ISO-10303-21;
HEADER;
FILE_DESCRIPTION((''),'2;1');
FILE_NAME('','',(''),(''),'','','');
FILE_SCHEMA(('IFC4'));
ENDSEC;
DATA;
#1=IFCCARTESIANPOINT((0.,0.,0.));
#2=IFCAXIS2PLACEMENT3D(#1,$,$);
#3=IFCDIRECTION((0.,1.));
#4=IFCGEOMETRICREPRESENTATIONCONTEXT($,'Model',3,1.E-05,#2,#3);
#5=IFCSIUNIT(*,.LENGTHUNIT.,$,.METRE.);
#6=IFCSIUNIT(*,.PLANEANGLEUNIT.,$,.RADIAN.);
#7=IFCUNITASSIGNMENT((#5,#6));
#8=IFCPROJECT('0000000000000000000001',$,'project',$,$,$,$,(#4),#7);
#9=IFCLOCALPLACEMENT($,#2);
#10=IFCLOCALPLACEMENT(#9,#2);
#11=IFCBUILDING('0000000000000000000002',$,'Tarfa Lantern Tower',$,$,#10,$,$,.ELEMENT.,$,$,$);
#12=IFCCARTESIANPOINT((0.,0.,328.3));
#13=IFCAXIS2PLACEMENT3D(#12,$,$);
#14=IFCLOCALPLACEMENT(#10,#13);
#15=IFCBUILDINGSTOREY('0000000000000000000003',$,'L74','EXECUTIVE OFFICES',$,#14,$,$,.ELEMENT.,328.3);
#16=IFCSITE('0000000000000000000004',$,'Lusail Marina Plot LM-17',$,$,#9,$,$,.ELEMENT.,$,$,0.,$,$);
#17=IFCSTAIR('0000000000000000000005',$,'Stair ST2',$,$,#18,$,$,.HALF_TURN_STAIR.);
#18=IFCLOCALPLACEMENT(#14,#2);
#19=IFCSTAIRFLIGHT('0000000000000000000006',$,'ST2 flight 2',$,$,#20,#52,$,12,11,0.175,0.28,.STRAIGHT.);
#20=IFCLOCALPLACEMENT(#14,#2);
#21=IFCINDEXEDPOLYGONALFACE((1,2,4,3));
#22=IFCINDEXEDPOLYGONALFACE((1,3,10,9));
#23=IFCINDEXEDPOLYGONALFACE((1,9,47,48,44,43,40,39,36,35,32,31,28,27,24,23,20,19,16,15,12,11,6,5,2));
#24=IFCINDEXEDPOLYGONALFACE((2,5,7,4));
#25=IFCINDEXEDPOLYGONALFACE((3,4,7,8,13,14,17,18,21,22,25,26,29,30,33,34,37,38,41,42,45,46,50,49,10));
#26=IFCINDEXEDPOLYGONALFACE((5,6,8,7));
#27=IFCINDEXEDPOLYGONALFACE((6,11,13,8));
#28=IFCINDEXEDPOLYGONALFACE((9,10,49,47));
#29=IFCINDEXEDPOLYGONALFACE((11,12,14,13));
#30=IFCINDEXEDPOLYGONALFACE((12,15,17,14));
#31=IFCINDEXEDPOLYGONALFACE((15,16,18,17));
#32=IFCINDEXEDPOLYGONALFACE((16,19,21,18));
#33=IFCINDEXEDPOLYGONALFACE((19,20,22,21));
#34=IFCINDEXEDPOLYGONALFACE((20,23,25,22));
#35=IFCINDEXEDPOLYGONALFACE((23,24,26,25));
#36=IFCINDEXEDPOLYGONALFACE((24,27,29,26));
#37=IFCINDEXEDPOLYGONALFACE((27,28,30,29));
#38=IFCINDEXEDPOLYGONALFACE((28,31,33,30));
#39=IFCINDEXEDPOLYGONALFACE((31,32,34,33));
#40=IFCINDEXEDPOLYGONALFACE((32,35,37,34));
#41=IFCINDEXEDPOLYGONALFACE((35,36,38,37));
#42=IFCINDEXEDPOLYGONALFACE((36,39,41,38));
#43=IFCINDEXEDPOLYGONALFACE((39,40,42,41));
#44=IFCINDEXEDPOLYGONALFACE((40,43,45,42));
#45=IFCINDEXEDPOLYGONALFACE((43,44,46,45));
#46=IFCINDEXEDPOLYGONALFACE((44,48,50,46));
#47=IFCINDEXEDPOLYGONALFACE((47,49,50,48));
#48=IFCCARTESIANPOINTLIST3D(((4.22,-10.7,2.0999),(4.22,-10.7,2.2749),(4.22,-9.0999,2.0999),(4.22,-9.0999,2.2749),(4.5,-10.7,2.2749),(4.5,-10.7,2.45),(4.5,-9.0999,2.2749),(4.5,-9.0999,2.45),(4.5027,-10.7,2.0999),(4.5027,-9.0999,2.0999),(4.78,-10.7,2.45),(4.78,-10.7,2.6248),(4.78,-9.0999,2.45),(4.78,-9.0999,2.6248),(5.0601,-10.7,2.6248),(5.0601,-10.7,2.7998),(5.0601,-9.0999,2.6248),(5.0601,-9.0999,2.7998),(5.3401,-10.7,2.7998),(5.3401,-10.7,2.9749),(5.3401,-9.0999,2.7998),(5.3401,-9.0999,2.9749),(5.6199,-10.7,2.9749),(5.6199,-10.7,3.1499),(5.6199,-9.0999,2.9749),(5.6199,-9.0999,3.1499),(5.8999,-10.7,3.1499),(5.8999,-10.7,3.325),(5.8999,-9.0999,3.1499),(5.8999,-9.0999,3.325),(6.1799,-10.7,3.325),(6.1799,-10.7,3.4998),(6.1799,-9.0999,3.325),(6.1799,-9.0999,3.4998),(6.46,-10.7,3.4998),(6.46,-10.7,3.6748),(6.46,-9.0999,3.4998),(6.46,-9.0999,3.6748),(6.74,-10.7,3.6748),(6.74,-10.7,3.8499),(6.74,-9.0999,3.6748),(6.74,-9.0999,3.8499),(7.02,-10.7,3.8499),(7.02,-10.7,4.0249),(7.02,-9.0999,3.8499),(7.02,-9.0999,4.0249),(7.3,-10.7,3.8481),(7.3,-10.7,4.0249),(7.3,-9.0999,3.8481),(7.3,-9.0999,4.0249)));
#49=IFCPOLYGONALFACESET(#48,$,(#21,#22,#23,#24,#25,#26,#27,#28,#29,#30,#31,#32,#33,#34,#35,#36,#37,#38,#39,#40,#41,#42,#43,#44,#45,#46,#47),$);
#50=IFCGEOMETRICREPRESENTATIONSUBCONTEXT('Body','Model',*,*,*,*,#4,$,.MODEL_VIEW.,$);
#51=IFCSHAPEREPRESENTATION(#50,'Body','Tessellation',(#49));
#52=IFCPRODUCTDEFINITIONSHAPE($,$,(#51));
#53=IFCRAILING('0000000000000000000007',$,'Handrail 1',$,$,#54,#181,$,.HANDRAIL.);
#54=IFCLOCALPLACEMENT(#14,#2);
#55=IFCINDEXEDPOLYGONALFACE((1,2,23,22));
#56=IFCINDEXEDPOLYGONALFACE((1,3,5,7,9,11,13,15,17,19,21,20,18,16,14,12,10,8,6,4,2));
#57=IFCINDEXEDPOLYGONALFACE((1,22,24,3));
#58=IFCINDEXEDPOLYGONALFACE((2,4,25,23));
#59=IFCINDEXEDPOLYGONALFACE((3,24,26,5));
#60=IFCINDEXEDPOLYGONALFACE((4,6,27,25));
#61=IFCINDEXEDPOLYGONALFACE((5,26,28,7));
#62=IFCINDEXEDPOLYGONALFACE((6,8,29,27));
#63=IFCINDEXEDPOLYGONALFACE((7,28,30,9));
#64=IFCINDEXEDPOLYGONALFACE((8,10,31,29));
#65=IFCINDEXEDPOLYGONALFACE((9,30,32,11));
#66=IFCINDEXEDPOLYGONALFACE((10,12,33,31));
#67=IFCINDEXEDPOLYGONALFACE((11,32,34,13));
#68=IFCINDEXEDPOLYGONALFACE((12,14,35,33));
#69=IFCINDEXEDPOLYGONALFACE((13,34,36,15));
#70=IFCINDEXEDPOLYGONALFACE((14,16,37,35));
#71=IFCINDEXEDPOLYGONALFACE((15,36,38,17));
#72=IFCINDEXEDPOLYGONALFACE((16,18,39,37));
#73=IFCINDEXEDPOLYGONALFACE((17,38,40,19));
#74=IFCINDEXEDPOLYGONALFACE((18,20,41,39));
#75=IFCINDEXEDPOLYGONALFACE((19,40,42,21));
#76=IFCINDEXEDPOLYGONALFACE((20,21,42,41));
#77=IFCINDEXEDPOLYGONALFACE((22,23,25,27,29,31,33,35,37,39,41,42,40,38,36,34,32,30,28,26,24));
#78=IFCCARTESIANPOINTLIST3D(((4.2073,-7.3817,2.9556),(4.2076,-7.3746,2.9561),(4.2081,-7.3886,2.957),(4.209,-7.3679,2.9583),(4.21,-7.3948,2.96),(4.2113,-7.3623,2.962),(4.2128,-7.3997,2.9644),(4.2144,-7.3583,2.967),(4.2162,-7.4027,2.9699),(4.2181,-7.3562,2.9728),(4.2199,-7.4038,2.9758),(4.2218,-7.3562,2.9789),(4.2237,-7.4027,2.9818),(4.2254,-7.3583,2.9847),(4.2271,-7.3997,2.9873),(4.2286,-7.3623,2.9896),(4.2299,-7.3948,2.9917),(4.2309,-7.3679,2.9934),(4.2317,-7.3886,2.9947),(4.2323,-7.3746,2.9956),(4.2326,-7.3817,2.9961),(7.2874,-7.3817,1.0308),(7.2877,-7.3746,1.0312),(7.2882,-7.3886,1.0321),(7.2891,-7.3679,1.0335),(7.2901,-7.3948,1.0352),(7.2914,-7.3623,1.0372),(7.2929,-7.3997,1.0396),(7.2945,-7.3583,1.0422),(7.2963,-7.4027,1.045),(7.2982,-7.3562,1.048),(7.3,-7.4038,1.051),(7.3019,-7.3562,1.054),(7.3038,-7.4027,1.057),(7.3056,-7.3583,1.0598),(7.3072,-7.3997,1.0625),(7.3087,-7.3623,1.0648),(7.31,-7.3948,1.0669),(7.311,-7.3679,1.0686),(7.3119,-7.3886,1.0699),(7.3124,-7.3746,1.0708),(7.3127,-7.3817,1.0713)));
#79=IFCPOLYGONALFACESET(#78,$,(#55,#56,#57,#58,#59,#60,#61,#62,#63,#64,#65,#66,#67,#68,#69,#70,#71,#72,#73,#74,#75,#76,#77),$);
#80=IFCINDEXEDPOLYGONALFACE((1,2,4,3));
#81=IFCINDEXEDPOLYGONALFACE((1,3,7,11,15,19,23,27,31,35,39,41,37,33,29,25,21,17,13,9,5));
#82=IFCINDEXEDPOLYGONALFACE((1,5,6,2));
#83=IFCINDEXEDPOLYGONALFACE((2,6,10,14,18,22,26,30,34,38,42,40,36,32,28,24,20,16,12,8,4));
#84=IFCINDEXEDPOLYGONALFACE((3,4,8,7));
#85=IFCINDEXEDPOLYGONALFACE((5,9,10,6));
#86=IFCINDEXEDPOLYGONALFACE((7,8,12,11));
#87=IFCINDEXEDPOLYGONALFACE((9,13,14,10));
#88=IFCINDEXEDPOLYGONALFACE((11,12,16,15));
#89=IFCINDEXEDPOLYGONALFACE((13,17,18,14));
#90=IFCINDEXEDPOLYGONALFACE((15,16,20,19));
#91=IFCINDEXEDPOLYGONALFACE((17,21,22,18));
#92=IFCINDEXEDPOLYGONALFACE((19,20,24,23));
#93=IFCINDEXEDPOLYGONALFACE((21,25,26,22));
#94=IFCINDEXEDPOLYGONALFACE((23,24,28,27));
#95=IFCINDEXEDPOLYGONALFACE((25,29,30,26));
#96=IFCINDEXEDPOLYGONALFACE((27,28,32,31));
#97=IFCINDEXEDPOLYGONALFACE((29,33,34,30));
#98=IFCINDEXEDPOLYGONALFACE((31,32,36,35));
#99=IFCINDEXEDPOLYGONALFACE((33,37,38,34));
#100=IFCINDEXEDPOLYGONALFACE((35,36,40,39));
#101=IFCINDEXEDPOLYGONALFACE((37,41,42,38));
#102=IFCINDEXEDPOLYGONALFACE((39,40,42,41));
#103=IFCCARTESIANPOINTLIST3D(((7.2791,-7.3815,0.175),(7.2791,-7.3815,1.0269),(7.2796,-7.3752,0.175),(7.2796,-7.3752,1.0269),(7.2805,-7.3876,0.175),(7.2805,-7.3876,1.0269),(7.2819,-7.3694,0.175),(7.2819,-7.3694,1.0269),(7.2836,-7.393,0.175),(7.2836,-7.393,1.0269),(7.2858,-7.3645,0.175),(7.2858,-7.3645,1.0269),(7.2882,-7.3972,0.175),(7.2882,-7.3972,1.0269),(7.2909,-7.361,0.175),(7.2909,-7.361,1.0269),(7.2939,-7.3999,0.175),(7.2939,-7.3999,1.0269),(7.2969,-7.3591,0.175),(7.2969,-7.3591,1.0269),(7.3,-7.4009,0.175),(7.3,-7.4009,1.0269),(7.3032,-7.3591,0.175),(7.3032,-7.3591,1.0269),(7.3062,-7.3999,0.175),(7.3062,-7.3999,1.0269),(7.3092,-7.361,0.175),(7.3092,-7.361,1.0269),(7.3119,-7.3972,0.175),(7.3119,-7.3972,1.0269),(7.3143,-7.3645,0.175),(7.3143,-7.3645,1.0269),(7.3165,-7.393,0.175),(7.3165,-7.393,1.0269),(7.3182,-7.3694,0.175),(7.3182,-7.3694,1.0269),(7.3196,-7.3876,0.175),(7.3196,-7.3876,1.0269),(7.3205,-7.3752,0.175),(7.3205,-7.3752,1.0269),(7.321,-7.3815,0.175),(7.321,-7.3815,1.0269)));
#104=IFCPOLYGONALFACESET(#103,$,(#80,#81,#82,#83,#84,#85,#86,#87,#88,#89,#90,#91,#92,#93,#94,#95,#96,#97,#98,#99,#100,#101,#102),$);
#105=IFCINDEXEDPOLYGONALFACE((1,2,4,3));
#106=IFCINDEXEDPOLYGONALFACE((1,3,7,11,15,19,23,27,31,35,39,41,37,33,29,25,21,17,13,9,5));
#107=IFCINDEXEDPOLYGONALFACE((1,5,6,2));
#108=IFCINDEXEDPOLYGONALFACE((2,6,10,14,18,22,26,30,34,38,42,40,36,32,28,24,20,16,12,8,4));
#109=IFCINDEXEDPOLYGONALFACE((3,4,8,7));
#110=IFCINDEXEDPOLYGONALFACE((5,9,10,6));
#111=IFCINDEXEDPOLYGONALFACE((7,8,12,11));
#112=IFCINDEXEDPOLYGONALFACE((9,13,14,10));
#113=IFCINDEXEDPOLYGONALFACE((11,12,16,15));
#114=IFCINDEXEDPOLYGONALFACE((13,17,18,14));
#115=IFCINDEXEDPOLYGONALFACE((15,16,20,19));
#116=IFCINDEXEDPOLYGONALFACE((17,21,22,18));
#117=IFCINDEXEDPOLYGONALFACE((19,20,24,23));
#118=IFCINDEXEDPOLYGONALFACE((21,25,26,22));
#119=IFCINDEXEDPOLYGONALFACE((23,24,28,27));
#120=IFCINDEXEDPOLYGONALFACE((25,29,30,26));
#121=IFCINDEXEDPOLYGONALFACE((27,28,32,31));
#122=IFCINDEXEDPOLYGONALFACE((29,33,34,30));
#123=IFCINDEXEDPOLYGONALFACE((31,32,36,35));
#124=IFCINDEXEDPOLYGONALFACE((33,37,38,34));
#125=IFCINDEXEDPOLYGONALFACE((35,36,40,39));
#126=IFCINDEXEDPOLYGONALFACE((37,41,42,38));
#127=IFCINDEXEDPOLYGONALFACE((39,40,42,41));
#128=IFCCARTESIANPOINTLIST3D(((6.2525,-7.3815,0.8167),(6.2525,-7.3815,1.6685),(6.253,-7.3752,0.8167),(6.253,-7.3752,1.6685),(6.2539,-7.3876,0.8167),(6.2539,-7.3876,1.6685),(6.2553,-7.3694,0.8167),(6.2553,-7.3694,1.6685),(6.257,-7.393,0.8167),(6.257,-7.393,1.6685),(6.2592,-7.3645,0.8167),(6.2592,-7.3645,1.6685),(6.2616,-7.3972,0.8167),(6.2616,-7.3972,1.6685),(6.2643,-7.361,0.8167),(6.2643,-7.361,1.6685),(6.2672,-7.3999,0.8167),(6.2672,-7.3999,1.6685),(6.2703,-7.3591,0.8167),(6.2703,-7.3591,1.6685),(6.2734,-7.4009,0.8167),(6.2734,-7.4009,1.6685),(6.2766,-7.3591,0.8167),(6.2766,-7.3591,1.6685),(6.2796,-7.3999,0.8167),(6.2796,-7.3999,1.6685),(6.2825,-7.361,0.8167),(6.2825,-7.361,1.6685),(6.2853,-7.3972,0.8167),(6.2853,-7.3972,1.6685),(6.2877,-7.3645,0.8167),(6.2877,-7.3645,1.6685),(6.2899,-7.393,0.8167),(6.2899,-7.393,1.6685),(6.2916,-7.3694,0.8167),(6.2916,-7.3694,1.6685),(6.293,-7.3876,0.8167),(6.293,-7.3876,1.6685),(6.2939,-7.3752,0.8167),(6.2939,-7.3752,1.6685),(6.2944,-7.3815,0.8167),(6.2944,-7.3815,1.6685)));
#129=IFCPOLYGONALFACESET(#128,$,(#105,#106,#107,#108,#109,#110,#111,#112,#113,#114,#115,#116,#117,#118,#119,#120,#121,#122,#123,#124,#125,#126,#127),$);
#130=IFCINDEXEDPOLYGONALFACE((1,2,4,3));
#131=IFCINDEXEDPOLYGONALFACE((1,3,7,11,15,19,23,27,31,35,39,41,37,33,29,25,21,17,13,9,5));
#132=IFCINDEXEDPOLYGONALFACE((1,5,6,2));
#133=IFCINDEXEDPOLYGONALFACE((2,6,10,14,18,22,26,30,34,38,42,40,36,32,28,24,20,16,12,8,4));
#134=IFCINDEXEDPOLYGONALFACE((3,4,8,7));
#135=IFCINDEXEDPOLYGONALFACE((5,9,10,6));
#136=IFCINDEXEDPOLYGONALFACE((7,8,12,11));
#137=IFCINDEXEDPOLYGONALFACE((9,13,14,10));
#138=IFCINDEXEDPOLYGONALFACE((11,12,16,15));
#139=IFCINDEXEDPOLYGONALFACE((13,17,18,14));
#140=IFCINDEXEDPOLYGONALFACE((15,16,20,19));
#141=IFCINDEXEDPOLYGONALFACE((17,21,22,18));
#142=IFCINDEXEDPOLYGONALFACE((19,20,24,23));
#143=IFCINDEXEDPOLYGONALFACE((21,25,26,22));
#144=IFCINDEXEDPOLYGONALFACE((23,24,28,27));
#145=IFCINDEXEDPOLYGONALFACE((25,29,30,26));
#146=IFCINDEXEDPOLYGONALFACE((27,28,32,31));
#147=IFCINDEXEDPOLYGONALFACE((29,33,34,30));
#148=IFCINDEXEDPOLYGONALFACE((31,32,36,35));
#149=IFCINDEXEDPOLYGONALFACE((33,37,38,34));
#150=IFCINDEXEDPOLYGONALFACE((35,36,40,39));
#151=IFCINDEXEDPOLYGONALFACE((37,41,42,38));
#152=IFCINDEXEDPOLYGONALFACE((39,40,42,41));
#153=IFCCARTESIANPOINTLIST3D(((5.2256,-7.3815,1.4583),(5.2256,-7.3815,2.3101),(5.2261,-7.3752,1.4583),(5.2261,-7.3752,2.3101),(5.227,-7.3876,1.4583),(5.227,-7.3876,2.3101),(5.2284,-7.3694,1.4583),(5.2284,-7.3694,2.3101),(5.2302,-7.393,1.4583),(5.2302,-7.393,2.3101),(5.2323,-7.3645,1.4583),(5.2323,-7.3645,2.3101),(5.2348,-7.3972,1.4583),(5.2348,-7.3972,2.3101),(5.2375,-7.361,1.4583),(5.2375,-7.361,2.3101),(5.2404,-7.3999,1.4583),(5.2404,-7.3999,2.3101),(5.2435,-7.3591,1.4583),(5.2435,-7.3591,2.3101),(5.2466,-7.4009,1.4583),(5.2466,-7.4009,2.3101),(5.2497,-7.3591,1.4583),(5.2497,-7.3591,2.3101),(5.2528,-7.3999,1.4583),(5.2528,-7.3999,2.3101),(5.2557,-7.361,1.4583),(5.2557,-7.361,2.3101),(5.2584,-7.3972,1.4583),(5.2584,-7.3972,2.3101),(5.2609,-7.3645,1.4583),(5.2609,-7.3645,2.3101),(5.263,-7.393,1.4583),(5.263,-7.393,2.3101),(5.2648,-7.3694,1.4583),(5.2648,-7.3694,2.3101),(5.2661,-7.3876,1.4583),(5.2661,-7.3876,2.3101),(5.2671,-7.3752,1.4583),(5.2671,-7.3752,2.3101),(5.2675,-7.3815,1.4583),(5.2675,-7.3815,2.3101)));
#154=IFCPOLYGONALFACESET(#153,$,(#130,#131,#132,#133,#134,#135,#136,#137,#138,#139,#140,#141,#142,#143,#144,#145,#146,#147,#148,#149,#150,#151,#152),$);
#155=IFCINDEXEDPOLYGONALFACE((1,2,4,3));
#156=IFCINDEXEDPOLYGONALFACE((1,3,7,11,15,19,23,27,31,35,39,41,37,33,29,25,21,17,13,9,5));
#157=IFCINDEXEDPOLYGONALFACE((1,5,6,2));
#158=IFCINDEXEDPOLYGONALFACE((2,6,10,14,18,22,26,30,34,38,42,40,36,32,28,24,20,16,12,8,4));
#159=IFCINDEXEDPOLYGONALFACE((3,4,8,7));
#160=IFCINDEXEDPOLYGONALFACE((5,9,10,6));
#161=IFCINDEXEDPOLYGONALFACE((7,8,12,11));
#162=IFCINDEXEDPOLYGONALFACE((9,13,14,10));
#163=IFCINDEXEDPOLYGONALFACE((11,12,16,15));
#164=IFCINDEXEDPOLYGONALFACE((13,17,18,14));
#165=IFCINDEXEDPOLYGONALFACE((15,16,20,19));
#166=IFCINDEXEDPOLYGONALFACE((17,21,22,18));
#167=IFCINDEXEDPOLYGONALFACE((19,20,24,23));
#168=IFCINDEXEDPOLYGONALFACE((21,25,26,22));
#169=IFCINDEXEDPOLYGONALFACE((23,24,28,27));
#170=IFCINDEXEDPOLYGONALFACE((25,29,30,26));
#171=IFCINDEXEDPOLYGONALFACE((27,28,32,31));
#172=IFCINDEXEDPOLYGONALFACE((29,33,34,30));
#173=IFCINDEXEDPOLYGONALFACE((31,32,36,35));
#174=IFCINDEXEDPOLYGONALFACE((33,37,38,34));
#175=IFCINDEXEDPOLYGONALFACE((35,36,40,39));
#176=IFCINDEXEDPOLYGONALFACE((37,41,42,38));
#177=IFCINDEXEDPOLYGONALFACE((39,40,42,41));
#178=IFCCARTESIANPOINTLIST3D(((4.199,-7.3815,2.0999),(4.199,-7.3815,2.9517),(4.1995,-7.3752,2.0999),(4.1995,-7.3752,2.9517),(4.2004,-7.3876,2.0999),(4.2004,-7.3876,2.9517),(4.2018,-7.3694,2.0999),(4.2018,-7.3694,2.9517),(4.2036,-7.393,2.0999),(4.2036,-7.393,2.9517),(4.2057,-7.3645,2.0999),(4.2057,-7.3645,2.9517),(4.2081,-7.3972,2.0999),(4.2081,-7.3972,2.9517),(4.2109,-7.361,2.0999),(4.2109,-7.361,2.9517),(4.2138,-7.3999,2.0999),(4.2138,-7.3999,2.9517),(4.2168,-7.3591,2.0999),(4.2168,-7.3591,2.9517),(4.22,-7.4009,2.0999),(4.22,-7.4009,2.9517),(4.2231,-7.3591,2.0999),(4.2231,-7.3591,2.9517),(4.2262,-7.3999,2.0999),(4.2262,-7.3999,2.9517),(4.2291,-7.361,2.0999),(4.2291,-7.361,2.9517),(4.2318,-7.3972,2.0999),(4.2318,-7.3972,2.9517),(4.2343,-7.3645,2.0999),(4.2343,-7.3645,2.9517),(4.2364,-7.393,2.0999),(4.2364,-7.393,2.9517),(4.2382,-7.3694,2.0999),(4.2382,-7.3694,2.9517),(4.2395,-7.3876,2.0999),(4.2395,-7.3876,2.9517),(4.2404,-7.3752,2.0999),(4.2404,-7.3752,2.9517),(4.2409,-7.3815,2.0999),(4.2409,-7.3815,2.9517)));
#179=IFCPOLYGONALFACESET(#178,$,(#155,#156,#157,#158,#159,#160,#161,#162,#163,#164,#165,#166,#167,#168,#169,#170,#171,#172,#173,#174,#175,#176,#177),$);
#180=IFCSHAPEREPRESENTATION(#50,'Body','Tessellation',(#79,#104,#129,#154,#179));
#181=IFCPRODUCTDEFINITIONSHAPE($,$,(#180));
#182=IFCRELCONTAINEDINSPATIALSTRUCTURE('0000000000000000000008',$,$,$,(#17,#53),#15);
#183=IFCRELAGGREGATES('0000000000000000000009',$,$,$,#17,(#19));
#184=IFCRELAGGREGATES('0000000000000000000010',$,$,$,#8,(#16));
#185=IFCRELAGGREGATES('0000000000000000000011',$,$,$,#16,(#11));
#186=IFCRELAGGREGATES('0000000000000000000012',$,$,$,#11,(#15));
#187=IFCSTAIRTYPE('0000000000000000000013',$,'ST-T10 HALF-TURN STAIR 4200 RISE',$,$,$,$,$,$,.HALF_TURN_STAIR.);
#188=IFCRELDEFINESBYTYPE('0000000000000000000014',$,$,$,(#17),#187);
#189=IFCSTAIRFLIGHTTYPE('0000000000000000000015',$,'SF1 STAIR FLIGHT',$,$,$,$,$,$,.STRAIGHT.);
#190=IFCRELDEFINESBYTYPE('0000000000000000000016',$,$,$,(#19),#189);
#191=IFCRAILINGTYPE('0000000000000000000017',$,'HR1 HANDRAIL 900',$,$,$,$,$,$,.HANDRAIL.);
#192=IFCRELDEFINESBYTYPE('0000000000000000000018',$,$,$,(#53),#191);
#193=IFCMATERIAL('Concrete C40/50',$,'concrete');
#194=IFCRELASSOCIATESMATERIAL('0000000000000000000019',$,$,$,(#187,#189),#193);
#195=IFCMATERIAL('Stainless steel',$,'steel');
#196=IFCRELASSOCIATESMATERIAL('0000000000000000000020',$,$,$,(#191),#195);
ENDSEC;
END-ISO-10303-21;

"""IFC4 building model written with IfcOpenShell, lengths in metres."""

from ifc_helpers import new_model, si_unit, direction, frame, origin, origin_2d, place, context, subcontext, project, spatial, polyline, circle, outline, extrude, material, type_object, element, aggregate, save


model = new_model("IFC4")

# Units and contexts
model_context = context("Model", 3, precision=1e-05, world=origin(), true_north=direction((0.0, 1.0)))
body_context = subcontext(model_context, "Body", "Model", "MODEL_VIEW")
ifc_project = project(units=[si_unit("LENGTHUNIT", "METRE"), si_unit("PLANEANGLEUNIT", "RADIAN")], contexts=[model_context])

# Site, building, storey
site_placement = place(None, origin())
site = spatial("IfcSite", under=ifc_project, at=site_placement, Name="Lusail Marina Plot LM-17", CompositionType="ELEMENT", RefElevation=0.0)
building_placement = place(site_placement, origin())
building = spatial("IfcBuilding", under=site, at=building_placement, Name="Tarfa Lantern Tower", CompositionType="ELEMENT")
storey_placement = place(building_placement, frame((0.0, 0.0, 328.3)))
storey = spatial("IfcBuildingStorey", under=building, at=storey_placement, Name="L74", Description="EXECUTIVE OFFICES", CompositionType="ELEMENT", Elevation=328.3)

# Stair, stair flight
ifc_material_1 = material(Name="Concrete C40/50", Category="concrete")
stair_type = type_object("IfcStairType", Name="ST-T10 HALF-TURN STAIR 4200 RISE", PredefinedType="HALF_TURN_STAIR", material=ifc_material_1)
stair_placement = place(storey_placement, origin())
stair = element("IfcStair", 1, at=stair_placement, inside=storey, type_object=stair_type, Name="Stair ST2", PredefinedType="HALF_TURN_STAIR")
stair_flight_type = type_object("IfcStairFlightType", Name="SF1 STAIR FLIGHT", PredefinedType="STRAIGHT", material=ifc_material_1)
stair_flight_1_placement = place(storey_placement, frame((4.22, -9.8999, 2.0999), z_axis=(0.0, 0.0, 1.0), x_axis=(1.0, 0.0, 0.0)))
stair_flight_1 = element("IfcStairFlight", 2, at=stair_flight_1_placement, type_object=stair_flight_type, Name="ST2 flight 2", NumberOfRisers=12, NumberOfTreads=11, PredefinedType="STRAIGHT", RiserHeight=0.175, TreadLength=0.28, context=body_context, shape_type="SweptSolid", body=[
    extrude(outline(polyline([(0.0, 0.0), (0.0, 0.175), (0.28, 0.175), (0.28, 0.3501), (0.5601, 0.3501), (0.5601, 0.5249), (0.8401, 0.5249), (0.8401, 0.7), (1.1201, 0.7), (1.1201, 0.875), (1.3999, 0.875), (1.3999, 1.05), (1.6799, 1.05), (1.6799, 1.2251), (1.96, 1.2251), (1.96, 1.3999), (2.24, 1.3999), (2.24, 1.575), (2.52, 1.575), (2.52, 1.75), (2.8, 1.75), (2.8, 1.925), (3.0801, 1.925), (3.0801, 2.1001), (3.0801, 1.7483), (0.2827, 0.0), (0.0, 0.0)])), frame((0.0, 0.8, 0.0), z_axis=(0.0, -1.0, 0.0), x_axis=(1.0, 0.0, 0.0)), (0.0, 0.0, 1.0), 1.6001),
])
aggregate(stair, [stair_flight_1])

# Railing
ifc_material_2 = material(Name="Stainless steel", Category="steel")
railing_type = type_object("IfcRailingType", Name="HR1 HANDRAIL 900", PredefinedType="HANDRAIL", material=ifc_material_2)
railing_1_placement = place(storey_placement, frame((7.3, -7.3799, 0.175)))
element("IfcRailing", 3, at=railing_1_placement, inside=storey, type_object=railing_type, Name="Handrail 1", PredefinedType="HANDRAIL", context=body_context, shape_type="SweptSolid", body=[
    extrude(circle(Radius=0.0239, at=origin_2d()), frame((0.0, 0.0, 0.876), z_axis=(-0.848029, 0.0, 0.529951), x_axis=(0.0, -1.0, 0.0)), (0.0, 0.0, 1.0), 3.6321),
    extrude(circle(Radius=0.021, at=origin_2d()), frame((0.0, 0.0, 0.0), z_axis=(0.0, 0.0, 1.0), x_axis=(0.0, -1.0, 0.0)), (0.0, 0.0, 1.0), 0.8518),
    extrude(circle(Radius=0.021, at=origin_2d()), frame((-1.0266, 0.0, 0.6416), z_axis=(0.0, 0.0, 1.0), x_axis=(0.0, -1.0, 0.0)), (0.0, 0.0, 1.0), 0.8518),
    extrude(circle(Radius=0.021, at=origin_2d()), frame((-2.0535, 0.0, 1.2832), z_axis=(0.0, 0.0, 1.0), x_axis=(0.0, -1.0, 0.0)), (0.0, 0.0, 1.0), 0.8518),
    extrude(circle(Radius=0.021, at=origin_2d()), frame((-3.0801, 0.0, 1.9248), z_axis=(0.0, 0.0, 1.0), x_axis=(0.0, -1.0, 0.0)), (0.0, 0.0, 1.0), 0.8518),
])

save(model, "model.ifc")
